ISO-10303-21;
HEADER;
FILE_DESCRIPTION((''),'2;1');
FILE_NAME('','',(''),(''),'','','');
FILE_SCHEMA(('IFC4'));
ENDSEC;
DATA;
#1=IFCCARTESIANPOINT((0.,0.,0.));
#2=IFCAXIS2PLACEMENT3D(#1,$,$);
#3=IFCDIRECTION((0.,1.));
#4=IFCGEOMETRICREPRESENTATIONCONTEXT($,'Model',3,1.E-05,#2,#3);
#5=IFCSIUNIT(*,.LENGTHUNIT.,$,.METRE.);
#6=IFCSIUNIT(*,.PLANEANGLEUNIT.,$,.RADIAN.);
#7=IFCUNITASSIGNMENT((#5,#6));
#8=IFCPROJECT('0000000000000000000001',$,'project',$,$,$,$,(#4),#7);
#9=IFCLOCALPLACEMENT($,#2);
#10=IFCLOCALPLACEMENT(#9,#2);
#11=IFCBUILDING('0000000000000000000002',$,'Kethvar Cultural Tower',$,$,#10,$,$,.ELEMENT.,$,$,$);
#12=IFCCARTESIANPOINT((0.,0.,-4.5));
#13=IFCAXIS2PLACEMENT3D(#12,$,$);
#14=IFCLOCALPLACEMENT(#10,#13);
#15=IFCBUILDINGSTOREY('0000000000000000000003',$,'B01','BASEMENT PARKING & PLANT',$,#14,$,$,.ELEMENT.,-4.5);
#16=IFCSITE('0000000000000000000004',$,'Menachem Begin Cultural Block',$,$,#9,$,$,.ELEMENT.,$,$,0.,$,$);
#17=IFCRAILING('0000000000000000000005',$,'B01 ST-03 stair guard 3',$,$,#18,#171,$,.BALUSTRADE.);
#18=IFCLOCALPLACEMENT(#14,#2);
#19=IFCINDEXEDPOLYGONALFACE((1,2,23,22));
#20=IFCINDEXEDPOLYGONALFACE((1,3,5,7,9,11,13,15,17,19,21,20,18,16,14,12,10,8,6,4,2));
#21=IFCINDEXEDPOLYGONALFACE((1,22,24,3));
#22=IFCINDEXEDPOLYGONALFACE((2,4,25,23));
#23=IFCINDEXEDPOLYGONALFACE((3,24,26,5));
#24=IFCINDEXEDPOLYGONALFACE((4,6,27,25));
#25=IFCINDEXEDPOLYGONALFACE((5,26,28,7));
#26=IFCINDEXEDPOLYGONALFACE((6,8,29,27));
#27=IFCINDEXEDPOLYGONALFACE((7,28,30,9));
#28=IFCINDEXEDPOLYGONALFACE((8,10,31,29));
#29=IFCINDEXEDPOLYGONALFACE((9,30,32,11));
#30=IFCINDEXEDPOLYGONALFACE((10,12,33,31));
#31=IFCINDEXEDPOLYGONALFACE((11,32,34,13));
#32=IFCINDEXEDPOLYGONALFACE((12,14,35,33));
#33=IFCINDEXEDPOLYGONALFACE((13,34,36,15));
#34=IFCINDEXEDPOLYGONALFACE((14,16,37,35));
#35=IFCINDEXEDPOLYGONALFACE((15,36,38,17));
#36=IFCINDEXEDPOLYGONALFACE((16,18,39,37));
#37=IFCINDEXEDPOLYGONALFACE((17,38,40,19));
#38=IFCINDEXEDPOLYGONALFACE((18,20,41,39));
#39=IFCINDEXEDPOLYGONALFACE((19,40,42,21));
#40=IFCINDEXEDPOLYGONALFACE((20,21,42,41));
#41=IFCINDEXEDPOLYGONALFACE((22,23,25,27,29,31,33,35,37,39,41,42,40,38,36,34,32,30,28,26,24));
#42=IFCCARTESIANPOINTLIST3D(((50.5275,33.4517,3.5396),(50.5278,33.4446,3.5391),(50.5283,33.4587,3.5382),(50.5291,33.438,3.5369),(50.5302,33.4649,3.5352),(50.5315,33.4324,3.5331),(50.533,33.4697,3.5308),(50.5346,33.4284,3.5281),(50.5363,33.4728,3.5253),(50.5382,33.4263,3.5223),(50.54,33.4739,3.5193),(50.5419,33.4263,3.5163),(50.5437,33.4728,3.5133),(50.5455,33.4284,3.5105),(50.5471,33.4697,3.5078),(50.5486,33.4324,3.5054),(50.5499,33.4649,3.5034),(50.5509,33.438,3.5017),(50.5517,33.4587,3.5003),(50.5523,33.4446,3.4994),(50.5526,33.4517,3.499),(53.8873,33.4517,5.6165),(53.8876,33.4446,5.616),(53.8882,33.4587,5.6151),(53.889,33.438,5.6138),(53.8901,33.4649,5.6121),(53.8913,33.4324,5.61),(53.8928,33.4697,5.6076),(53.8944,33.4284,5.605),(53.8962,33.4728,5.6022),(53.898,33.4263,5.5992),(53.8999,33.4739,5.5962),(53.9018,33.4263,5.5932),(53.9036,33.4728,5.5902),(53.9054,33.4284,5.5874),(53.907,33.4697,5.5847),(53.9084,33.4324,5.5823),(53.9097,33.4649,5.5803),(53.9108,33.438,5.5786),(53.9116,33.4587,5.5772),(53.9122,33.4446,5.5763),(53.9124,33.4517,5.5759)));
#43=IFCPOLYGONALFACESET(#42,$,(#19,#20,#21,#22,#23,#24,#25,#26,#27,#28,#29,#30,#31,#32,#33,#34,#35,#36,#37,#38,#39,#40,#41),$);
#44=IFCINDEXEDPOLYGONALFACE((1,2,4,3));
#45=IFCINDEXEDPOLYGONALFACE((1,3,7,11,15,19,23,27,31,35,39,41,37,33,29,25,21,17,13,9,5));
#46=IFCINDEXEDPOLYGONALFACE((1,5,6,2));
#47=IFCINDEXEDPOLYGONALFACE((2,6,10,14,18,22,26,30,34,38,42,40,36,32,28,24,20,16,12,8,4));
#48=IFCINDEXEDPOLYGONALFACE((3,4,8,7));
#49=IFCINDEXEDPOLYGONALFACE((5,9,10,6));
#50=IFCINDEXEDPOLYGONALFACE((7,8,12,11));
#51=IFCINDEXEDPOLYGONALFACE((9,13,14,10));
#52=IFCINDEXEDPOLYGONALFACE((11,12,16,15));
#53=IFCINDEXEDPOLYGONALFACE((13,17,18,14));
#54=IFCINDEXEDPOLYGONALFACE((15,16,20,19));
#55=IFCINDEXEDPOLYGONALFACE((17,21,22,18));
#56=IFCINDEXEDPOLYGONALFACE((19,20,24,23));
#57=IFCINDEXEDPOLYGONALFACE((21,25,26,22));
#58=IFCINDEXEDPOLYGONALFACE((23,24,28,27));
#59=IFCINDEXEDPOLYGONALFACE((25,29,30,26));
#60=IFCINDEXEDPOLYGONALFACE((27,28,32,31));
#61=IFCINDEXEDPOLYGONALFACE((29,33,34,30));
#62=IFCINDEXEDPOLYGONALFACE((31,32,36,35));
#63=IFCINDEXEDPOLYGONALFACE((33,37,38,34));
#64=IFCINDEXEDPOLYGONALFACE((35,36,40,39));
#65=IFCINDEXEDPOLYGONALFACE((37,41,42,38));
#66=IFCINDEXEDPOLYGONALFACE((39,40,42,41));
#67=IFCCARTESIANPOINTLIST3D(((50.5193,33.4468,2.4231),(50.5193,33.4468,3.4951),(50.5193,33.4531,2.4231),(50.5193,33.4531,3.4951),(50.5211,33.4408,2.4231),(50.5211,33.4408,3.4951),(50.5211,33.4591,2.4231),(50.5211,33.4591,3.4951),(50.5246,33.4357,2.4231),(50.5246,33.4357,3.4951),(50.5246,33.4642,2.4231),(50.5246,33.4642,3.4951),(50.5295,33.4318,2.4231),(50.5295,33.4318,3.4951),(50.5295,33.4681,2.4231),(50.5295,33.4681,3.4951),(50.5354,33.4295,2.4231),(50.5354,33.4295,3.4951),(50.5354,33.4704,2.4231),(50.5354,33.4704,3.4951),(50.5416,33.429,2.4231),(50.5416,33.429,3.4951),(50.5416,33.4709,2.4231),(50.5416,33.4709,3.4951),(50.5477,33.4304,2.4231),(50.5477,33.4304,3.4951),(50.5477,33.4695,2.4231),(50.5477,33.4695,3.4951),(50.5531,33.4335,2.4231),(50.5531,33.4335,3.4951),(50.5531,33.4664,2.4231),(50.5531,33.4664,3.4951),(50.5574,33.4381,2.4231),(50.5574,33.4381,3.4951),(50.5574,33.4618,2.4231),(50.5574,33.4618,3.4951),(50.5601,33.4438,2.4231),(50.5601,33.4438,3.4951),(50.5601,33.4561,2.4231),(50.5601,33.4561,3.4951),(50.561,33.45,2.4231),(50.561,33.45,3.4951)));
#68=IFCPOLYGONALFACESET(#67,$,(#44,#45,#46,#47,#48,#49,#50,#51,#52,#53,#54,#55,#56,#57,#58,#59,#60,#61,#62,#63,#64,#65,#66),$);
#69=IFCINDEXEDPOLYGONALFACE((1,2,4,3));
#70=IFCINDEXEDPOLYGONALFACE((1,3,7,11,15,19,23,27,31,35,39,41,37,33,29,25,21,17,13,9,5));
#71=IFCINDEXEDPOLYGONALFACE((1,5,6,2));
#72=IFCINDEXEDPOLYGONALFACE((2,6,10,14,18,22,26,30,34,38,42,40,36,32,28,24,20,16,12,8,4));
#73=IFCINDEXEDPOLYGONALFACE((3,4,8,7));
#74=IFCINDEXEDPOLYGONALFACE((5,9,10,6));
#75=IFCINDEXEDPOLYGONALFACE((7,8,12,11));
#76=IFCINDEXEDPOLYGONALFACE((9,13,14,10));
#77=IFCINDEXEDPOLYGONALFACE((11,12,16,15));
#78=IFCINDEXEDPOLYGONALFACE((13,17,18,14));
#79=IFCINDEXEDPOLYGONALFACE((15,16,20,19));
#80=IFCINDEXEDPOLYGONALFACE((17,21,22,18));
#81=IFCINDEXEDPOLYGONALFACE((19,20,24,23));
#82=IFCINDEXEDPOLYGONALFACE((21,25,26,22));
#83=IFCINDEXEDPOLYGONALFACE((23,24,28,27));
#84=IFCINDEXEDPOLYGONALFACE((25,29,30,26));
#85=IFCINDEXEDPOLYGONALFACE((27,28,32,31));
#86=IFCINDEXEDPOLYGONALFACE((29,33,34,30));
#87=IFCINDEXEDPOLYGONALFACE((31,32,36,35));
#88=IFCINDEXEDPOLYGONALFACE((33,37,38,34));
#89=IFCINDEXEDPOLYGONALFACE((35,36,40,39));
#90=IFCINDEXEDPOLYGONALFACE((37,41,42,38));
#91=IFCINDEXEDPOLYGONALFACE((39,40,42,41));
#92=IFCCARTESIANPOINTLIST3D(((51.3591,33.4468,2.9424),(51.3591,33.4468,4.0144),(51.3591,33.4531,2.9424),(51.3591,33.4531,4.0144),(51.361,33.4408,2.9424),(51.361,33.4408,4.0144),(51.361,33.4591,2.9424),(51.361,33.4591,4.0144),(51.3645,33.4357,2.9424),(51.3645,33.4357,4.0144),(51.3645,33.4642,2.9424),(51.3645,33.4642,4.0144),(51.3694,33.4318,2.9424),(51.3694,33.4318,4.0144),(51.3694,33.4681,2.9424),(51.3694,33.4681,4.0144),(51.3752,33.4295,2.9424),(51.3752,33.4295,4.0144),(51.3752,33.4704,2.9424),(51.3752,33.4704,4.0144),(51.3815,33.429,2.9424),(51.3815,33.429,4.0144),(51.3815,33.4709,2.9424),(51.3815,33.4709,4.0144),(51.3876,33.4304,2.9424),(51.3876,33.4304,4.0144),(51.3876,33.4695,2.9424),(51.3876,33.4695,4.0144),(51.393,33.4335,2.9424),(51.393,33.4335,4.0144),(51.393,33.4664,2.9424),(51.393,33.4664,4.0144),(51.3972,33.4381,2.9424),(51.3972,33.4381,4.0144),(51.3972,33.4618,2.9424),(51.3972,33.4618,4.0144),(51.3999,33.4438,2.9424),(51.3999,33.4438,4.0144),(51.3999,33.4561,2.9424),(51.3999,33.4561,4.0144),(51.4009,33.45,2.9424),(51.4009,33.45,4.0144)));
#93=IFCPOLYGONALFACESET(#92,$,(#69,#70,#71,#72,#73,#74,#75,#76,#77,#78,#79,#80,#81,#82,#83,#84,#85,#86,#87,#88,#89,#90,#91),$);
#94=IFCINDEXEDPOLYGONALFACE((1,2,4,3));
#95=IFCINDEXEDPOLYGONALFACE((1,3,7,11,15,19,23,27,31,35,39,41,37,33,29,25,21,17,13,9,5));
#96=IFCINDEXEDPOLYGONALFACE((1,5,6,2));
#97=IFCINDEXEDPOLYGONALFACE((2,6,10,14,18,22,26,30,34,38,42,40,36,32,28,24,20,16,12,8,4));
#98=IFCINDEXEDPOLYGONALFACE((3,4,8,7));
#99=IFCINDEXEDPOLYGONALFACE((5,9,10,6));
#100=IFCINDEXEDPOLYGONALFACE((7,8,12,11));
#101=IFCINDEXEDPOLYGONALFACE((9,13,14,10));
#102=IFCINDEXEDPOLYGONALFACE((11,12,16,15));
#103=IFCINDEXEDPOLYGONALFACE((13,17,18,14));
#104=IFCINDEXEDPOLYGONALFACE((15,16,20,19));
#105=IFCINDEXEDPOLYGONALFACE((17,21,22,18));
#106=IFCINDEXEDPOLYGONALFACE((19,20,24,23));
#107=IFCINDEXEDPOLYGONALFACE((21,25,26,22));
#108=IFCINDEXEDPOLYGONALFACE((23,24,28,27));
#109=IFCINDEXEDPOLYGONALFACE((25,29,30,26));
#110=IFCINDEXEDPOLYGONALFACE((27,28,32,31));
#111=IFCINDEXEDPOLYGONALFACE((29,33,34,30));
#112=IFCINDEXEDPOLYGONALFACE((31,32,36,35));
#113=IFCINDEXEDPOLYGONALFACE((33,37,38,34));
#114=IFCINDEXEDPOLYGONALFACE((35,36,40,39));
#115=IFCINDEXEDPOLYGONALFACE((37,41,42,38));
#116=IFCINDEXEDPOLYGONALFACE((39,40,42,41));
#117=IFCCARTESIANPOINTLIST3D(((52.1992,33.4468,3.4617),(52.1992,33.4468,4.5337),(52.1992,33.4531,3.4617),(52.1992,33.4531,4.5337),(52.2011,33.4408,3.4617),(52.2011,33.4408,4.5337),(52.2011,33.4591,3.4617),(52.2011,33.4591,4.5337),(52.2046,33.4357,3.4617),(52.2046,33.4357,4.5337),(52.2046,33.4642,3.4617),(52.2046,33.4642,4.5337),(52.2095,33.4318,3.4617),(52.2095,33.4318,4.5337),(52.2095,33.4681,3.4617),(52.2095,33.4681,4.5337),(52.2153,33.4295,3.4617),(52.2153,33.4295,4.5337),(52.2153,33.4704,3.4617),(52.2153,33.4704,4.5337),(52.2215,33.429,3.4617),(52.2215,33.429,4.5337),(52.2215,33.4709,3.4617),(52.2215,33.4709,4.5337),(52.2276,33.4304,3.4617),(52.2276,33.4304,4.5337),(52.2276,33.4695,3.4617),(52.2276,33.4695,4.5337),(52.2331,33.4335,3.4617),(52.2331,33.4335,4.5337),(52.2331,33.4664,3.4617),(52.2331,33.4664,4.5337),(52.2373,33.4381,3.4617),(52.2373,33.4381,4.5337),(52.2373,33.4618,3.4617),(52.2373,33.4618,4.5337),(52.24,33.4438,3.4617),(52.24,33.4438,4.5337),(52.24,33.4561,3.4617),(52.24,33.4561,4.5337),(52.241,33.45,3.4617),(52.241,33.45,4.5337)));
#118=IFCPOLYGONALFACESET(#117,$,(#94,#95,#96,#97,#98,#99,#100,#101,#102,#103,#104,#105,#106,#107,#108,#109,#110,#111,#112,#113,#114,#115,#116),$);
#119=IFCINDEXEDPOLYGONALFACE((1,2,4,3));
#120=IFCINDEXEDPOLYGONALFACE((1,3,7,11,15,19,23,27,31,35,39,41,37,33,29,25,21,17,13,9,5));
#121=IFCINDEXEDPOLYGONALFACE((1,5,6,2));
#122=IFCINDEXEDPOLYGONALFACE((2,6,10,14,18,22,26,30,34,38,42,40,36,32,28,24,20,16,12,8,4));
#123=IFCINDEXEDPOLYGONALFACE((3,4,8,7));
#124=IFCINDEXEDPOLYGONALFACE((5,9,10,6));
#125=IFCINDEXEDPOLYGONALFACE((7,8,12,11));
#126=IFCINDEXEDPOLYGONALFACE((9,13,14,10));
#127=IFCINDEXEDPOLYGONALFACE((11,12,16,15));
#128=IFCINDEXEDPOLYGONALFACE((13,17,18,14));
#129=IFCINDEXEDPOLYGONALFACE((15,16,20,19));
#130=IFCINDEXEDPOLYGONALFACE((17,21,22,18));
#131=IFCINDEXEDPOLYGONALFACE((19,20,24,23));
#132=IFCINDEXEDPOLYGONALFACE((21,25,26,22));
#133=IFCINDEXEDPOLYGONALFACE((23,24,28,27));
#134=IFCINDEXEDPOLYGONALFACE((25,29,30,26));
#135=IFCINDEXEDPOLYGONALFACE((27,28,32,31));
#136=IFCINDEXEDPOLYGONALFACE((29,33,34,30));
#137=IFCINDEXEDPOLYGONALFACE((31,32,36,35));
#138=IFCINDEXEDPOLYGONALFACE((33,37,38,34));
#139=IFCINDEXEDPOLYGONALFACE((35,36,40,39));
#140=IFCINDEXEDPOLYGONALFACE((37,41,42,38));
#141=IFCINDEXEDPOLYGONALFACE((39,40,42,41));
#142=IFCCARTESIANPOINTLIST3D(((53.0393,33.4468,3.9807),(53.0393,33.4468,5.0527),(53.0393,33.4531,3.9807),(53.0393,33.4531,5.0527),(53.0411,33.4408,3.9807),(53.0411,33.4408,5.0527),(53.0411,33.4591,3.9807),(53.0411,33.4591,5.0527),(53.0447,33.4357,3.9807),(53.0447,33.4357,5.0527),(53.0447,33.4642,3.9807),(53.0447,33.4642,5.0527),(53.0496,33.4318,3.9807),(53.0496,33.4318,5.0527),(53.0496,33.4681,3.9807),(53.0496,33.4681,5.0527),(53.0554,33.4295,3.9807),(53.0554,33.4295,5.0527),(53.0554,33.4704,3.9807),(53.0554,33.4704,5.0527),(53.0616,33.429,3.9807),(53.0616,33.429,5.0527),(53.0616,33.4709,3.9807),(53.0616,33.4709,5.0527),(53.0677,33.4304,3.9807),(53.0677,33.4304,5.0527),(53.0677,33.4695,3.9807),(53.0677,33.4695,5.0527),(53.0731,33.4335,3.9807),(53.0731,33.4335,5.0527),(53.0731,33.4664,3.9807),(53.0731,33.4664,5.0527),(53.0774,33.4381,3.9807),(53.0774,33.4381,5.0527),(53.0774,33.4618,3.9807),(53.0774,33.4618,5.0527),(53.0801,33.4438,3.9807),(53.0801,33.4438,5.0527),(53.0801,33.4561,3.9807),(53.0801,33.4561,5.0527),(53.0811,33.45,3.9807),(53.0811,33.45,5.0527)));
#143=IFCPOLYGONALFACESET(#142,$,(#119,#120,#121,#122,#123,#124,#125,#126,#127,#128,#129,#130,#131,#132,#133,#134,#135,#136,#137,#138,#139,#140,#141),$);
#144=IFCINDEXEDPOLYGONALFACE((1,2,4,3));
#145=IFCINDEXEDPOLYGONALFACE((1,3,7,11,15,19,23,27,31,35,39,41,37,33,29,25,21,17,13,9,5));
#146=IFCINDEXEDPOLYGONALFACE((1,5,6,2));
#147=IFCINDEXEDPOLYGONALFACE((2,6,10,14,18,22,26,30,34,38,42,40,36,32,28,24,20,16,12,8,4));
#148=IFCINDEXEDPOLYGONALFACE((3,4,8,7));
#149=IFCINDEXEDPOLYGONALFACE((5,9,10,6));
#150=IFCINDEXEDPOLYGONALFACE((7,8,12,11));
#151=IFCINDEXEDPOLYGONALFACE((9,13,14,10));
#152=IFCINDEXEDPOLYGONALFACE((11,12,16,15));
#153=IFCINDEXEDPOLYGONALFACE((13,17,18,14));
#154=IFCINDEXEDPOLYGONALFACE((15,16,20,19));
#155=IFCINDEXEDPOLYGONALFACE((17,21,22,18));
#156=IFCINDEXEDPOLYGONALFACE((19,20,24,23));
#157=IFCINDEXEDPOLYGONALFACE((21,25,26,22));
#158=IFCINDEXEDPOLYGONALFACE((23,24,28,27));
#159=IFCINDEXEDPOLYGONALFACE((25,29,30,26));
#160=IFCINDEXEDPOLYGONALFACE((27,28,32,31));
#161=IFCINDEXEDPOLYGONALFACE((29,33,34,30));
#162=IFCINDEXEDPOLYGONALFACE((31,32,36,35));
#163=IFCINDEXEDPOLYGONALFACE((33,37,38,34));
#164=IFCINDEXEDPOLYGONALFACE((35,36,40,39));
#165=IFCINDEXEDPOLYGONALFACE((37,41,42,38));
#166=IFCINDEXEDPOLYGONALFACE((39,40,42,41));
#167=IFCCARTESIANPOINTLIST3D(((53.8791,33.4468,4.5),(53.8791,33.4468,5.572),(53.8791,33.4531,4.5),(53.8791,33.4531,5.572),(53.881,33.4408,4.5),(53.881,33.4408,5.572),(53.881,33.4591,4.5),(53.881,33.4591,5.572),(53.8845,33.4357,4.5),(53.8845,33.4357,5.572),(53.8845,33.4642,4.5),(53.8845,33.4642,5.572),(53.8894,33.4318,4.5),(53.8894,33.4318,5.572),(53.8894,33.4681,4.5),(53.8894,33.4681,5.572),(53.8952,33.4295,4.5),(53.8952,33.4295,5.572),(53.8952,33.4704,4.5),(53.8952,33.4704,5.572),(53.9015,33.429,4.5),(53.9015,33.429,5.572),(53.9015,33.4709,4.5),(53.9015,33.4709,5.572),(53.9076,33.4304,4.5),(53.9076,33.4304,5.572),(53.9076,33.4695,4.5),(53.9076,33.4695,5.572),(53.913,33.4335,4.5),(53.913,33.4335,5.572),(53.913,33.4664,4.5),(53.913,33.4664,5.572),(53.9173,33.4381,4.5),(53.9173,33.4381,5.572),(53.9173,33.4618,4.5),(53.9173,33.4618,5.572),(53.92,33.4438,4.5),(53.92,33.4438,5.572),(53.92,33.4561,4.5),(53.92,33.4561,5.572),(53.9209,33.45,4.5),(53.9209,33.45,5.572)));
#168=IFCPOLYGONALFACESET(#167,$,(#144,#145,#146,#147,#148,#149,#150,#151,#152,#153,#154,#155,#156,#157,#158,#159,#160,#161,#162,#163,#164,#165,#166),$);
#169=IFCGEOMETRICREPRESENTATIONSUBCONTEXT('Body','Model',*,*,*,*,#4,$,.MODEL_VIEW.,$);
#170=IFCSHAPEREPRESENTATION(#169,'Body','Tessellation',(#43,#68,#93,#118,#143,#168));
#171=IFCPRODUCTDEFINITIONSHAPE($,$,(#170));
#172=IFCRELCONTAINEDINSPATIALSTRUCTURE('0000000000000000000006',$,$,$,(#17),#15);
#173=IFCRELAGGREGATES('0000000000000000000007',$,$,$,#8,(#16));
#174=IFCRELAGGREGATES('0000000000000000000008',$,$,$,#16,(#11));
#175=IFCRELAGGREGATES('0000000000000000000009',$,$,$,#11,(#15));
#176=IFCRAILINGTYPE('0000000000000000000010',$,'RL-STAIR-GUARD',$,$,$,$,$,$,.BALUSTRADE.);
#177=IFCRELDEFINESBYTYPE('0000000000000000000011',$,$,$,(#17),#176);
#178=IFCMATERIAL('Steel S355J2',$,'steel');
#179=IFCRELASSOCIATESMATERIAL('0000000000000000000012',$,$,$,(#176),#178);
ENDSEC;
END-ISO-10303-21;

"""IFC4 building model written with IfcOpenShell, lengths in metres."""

from ifc_helpers import new_model, si_unit, direction, frame, origin, origin_2d, place, context, subcontext, project, spatial, circle, extrude, material, type_object, element, save


model = new_model("IFC4")

# Units and contexts
model_context = context("Model", 3, precision=1e-05, world=origin(), true_north=direction((0.0, 1.0)))
body_context = subcontext(model_context, "Body", "Model", "MODEL_VIEW")
ifc_project = project(units=[si_unit("LENGTHUNIT", "METRE"), si_unit("PLANEANGLEUNIT", "RADIAN")], contexts=[model_context])

# Site, building, storey
site_placement = place(None, origin())
site = spatial("IfcSite", under=ifc_project, at=site_placement, Name="Menachem Begin Cultural Block", CompositionType="ELEMENT", RefElevation=0.0)
building_placement = place(site_placement, origin())
building = spatial("IfcBuilding", under=site, at=building_placement, Name="Kethvar Cultural Tower", CompositionType="ELEMENT")
storey_placement = place(building_placement, frame((0.0, 0.0, -4.5)))
storey = spatial("IfcBuildingStorey", under=building, at=storey_placement, Name="B01", Description="BASEMENT PARKING & PLANT", CompositionType="ELEMENT", Elevation=-4.5)

# Shared definitions
ifc_material_1 = material(Name="Steel S355J2", Category="steel")

# Railing
railing_type_1 = type_object("IfcRailingType", Name="RL-STAIR-GUARD", PredefinedType="BALUSTRADE", material=ifc_material_1)
railing_1_placement = place(storey_placement, frame((50.54, 33.45, 2.4231)))
element("IfcRailing", 1, at=railing_1_placement, inside=storey, type_object=railing_type_1, Name="B01 ST-03 stair guard 3", PredefinedType="BALUSTRADE", context=body_context, shape_type="SweptSolid", body=[
    extrude(circle(Radius=0.0239, at=origin_2d()), frame((0.0, 0.0, 1.0962), z_axis=(0.850606, 0.0, 0.525803), x_axis=(0.0, 1.0, 0.0)), (0.0, 0.0, 1.0), 3.95),
    extrude(circle(Radius=0.021, at=origin_2d()), origin(), (0.0, 0.0, 1.0), 1.072),
    extrude(circle(Radius=0.021, at=origin_2d()), frame((0.8398, 0.0, 0.5193)), (0.0, 0.0, 1.0), 1.072),
    extrude(circle(Radius=0.021, at=origin_2d()), frame((1.6799, 0.0, 1.0386)), (0.0, 0.0, 1.0), 1.072),
    extrude(circle(Radius=0.021, at=origin_2d()), frame((2.52, 0.0, 1.5576)), (0.0, 0.0, 1.0), 1.072),
    extrude(circle(Radius=0.021, at=origin_2d()), frame((3.3599, 0.0, 2.0769)), (0.0, 0.0, 1.0), 1.072),
])

save(model, "model.ifc")
